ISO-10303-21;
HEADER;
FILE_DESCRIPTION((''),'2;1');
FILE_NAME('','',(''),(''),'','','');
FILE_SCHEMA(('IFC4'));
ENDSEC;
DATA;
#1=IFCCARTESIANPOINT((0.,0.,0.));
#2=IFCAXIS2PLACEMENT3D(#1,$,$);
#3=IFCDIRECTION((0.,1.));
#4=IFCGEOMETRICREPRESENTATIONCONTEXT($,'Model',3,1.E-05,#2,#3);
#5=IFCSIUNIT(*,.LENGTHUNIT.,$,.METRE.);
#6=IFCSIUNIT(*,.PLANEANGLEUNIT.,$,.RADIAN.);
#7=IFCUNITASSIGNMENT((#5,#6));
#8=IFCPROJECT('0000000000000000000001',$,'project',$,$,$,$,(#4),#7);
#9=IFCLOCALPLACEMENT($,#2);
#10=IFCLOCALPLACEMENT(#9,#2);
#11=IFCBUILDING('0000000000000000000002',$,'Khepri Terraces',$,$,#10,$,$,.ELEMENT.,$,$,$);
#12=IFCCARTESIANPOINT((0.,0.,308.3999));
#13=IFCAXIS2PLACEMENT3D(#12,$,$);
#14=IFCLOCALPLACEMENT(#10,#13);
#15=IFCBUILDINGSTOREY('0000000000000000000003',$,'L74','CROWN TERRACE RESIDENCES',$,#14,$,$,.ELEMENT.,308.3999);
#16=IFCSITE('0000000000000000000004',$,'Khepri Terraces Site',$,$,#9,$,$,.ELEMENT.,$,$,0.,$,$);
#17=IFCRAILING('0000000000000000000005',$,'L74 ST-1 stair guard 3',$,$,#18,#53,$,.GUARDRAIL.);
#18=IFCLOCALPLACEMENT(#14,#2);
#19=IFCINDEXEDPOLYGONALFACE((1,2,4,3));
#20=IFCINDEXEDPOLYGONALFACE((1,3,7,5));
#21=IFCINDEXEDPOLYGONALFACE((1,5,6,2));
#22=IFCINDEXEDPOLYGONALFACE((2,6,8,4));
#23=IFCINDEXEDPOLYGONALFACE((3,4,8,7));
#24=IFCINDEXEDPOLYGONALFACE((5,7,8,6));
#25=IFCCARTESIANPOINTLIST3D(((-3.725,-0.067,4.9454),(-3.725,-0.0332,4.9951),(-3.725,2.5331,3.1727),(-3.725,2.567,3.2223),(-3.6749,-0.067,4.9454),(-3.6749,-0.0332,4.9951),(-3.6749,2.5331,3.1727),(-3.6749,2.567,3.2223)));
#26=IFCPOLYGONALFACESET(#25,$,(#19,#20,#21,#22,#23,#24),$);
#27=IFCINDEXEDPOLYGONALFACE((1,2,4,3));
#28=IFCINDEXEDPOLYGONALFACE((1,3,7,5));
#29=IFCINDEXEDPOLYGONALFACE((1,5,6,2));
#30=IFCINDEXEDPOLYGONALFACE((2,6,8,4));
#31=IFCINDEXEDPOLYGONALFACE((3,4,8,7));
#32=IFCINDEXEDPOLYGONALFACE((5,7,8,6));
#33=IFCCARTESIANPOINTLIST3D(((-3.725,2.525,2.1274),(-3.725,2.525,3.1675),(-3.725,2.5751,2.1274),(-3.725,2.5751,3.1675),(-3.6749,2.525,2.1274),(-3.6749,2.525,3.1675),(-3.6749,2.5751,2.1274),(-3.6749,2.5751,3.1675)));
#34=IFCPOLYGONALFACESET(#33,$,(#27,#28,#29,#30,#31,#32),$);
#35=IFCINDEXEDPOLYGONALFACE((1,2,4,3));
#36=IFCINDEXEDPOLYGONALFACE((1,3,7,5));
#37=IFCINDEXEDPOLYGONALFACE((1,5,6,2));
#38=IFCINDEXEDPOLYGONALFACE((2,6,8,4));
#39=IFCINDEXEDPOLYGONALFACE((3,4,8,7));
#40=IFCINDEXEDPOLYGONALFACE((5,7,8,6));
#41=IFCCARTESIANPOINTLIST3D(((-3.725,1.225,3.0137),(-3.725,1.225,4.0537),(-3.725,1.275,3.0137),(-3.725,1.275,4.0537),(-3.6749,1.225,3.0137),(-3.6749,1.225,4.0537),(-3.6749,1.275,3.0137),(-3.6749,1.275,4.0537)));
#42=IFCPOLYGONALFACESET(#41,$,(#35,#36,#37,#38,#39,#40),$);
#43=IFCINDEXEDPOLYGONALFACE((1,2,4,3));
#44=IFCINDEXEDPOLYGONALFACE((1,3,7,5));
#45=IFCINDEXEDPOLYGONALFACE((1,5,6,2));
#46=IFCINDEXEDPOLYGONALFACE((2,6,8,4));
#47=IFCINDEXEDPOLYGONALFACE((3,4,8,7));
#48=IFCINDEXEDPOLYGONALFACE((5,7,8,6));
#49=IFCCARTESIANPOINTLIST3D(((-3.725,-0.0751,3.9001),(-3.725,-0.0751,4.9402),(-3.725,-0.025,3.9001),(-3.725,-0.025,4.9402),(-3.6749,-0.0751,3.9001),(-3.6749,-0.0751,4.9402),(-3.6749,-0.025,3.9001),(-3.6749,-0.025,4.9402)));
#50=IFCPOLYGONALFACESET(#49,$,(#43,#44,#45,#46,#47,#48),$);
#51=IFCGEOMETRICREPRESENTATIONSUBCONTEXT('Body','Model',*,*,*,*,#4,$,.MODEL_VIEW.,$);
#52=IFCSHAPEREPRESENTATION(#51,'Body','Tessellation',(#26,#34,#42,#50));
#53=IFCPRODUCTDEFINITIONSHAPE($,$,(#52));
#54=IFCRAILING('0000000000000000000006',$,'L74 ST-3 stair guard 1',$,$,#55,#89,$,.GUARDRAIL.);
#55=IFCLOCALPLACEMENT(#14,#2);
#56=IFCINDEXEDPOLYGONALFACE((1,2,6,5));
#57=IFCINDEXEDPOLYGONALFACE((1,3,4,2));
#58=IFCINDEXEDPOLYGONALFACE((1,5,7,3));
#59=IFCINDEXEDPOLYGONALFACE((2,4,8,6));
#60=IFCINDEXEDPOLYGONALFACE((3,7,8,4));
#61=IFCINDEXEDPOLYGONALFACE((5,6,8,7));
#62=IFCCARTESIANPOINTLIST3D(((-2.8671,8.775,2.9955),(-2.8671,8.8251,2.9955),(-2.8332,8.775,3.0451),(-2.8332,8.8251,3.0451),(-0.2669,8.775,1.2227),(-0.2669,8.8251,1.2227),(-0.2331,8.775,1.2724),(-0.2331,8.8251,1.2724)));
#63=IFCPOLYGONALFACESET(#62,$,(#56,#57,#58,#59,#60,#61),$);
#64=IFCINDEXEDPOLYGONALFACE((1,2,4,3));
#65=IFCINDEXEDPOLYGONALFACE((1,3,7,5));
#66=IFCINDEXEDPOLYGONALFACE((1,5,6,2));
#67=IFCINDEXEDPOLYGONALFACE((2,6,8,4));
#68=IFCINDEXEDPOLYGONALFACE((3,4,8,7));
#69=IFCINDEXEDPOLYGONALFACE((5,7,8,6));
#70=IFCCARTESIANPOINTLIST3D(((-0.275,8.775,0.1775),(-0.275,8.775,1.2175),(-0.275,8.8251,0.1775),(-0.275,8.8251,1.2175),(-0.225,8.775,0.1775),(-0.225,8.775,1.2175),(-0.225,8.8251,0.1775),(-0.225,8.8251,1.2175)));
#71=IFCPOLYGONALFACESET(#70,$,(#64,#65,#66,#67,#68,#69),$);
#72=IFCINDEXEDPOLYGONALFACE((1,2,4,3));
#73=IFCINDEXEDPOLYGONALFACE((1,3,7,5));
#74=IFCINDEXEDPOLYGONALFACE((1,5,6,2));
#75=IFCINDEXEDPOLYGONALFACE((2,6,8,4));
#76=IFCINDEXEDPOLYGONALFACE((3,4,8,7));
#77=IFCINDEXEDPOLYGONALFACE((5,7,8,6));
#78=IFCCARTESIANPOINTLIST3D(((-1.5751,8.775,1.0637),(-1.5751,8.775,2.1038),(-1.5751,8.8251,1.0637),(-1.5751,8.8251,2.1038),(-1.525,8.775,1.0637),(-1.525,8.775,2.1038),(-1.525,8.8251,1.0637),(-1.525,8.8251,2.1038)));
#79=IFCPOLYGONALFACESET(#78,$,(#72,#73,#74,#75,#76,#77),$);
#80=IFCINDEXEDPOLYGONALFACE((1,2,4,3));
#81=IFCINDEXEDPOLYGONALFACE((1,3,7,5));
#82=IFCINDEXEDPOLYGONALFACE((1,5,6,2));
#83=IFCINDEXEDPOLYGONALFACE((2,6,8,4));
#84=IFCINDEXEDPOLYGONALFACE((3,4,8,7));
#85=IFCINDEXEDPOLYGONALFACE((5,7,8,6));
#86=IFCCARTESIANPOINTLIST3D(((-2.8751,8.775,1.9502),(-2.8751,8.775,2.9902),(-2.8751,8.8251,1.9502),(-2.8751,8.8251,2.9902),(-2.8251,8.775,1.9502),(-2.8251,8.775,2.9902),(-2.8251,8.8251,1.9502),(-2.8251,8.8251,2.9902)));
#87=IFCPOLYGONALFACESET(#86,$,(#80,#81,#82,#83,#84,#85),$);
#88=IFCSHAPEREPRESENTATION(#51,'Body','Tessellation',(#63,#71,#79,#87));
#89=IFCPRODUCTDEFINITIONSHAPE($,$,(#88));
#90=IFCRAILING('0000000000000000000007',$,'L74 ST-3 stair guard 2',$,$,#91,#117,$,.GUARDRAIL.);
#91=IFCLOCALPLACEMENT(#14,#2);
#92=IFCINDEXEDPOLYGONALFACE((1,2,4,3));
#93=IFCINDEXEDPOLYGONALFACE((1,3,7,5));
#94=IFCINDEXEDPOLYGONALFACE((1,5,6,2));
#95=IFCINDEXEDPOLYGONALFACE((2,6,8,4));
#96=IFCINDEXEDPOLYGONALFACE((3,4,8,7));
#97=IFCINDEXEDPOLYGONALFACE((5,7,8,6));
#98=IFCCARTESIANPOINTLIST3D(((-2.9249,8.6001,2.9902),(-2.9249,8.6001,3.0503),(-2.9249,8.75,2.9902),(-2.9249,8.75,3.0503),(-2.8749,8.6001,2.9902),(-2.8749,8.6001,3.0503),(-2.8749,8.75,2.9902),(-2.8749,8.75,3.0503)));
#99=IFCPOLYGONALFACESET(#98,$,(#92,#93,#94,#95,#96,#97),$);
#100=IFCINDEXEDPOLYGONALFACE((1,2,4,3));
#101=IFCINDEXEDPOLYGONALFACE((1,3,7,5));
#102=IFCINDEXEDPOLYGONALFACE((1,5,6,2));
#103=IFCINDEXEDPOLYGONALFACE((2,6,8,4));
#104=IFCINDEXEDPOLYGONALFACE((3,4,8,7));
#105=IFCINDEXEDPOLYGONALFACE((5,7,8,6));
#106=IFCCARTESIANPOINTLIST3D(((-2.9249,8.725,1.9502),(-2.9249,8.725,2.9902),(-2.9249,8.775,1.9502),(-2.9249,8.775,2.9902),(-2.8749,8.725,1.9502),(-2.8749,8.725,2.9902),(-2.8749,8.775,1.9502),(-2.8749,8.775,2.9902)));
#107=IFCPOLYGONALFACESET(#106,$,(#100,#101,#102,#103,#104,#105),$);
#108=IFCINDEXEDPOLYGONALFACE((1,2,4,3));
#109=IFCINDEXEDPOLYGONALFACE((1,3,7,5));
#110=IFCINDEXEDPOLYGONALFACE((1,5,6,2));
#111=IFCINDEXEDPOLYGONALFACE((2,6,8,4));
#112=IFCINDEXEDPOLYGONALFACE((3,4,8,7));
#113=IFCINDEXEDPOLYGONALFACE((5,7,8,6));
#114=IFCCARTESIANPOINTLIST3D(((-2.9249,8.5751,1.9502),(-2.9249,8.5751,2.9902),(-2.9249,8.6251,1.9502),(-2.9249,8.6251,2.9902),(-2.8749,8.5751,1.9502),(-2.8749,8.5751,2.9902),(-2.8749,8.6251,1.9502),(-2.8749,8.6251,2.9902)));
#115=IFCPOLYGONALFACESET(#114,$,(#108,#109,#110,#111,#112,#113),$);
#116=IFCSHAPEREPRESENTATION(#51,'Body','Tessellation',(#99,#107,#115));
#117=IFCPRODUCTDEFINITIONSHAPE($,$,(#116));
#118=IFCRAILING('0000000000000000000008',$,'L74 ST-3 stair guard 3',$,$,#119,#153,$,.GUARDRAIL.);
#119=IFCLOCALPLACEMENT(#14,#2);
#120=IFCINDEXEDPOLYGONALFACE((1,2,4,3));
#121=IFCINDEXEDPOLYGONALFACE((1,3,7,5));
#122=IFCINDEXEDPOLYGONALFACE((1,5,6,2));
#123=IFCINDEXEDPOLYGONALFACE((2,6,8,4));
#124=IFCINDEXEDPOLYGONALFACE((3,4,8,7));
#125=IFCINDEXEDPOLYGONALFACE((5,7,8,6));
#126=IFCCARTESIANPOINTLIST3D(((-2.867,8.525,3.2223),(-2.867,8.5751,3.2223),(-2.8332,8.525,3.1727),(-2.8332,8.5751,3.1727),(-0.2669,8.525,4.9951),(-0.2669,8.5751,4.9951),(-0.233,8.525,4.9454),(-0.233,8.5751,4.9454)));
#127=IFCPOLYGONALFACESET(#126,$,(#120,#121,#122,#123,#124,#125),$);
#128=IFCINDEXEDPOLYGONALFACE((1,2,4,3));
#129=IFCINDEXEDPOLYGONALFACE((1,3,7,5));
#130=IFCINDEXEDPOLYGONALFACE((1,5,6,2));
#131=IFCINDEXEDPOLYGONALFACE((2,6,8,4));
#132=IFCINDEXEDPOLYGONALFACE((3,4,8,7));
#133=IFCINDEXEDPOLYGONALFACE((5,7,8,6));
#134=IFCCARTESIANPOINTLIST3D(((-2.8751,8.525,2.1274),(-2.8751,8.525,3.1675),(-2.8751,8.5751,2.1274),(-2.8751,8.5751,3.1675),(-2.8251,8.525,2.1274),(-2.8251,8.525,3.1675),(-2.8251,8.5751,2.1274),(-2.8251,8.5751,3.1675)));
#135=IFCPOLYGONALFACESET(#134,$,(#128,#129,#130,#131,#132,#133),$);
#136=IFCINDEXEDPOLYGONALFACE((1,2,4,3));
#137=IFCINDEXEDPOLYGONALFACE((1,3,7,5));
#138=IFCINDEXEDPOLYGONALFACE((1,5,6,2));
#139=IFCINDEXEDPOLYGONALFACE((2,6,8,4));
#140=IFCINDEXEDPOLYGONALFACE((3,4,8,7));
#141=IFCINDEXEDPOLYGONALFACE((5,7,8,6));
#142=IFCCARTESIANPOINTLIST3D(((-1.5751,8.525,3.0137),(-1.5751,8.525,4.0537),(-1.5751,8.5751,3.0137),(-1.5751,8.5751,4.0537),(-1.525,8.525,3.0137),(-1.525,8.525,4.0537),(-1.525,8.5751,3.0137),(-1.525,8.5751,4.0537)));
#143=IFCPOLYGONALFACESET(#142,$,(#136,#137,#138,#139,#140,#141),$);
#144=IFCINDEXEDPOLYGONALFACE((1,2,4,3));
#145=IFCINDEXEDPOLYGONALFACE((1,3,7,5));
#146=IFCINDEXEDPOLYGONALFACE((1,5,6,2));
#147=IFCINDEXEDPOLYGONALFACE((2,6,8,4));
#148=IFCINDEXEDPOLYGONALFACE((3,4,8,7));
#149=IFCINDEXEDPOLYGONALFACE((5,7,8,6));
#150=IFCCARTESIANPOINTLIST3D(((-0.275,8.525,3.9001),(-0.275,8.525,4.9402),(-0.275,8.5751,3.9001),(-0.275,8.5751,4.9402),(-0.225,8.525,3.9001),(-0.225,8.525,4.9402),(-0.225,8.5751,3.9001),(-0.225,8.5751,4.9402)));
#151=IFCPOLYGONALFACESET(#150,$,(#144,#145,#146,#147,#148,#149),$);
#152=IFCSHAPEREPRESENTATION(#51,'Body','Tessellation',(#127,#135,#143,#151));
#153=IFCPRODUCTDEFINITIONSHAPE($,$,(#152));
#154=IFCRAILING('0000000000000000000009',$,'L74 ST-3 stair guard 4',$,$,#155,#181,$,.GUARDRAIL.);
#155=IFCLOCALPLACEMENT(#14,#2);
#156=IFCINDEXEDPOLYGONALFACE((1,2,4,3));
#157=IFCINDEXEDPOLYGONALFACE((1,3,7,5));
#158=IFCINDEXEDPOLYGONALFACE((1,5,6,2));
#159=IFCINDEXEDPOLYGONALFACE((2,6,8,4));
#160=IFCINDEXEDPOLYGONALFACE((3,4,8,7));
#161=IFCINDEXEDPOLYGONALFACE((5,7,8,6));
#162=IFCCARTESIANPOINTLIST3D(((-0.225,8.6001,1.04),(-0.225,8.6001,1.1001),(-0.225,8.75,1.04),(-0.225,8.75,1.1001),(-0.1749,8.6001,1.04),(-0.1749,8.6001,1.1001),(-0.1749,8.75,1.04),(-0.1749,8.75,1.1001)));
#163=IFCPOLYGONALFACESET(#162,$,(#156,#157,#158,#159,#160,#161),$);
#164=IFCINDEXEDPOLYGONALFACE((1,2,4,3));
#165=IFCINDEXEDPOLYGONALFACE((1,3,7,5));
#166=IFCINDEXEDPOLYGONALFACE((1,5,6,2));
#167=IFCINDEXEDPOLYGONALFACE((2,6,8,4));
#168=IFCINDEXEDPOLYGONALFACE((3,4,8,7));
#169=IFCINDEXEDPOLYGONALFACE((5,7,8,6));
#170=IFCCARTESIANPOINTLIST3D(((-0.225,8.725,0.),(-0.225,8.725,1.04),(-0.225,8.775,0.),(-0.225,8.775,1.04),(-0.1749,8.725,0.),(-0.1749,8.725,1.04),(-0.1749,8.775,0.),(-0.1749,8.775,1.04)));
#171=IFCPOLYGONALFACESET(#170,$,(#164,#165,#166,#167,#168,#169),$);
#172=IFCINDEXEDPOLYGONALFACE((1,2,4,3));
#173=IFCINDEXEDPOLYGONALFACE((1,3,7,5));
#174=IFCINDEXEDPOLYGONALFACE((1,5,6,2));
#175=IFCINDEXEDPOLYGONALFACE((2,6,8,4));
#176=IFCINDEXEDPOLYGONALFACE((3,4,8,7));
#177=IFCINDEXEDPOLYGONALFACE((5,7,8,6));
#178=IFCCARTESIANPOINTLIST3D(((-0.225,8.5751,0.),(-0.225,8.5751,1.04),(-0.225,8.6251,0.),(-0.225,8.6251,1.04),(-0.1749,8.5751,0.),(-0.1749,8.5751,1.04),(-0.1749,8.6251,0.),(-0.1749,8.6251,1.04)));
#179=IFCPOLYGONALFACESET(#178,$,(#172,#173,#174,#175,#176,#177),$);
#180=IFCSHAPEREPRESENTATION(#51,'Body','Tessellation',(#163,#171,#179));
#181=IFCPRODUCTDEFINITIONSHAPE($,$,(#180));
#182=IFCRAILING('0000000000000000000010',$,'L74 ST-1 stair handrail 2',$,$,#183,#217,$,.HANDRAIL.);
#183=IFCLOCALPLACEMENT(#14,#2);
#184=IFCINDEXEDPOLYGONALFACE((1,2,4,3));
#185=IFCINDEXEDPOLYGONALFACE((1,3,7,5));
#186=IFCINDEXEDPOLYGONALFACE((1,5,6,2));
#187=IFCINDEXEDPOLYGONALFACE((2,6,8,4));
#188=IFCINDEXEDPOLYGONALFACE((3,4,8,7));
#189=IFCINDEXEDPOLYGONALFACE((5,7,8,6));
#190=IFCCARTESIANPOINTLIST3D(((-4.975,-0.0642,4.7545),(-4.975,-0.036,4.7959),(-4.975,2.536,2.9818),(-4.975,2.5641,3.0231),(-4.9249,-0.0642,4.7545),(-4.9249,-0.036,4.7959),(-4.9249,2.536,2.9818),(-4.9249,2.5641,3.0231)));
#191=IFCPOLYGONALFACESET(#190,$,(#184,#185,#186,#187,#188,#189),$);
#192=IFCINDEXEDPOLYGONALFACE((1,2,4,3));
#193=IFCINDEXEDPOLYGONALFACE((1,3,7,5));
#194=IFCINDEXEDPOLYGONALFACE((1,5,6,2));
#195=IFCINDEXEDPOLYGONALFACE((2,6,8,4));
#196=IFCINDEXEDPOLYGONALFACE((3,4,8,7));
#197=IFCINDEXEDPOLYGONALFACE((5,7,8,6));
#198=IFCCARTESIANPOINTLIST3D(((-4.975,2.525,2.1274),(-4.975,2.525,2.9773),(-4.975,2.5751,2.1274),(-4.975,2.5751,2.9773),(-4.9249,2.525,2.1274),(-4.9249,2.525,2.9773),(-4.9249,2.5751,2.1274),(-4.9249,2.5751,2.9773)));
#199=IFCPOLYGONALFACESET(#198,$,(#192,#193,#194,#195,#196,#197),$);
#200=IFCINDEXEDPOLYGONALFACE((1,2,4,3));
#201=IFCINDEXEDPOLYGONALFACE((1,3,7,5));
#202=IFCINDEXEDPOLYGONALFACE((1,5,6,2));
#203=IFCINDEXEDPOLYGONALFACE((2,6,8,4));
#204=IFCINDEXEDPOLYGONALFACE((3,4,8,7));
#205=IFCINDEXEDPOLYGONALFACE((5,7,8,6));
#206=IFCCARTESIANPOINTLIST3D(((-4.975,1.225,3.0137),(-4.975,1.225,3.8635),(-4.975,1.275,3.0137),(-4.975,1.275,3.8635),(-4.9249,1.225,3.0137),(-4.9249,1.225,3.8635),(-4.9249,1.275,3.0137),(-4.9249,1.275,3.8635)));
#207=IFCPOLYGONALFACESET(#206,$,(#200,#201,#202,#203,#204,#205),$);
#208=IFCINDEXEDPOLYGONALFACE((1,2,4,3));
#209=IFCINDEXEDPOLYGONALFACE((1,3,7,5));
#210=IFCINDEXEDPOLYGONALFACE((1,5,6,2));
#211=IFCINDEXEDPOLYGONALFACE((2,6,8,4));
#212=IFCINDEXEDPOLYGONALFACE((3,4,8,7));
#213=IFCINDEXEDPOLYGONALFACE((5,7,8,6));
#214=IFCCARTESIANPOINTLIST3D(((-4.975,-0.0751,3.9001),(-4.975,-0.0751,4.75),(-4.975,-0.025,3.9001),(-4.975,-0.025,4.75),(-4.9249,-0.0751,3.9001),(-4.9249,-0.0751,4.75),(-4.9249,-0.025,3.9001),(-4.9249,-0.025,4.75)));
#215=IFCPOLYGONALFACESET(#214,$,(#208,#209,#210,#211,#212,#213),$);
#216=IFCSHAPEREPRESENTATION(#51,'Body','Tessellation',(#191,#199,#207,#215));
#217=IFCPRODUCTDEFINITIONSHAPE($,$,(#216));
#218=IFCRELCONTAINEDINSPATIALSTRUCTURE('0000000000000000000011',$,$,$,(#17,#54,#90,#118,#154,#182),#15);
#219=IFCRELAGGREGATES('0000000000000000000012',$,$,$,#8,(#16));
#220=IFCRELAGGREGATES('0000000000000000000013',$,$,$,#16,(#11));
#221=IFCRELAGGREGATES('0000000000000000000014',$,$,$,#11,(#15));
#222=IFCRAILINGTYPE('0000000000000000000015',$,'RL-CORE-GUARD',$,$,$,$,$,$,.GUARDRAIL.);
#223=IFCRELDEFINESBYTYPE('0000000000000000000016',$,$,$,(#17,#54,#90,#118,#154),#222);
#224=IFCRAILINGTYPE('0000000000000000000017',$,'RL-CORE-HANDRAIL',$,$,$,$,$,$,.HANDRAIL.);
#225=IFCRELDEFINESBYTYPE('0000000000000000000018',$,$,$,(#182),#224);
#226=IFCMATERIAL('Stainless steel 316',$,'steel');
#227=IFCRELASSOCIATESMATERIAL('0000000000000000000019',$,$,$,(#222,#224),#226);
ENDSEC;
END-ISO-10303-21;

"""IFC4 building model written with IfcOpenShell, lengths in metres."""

from ifc_helpers import new_model, si_unit, direction, frame, origin, origin_2d, place, context, subcontext, project, spatial, rectangle, extrude, material, type_object, element, save


model = new_model("IFC4")

# Units and contexts
model_context = context("Model", 3, precision=1e-05, world=origin(), true_north=direction((0.0, 1.0)))
body_context = subcontext(model_context, "Body", "Model", "MODEL_VIEW")
ifc_project = project(units=[si_unit("LENGTHUNIT", "METRE"), si_unit("PLANEANGLEUNIT", "RADIAN")], contexts=[model_context])

# Site, building, storey
site_placement = place(None, origin())
site = spatial("IfcSite", under=ifc_project, at=site_placement, Name="Khepri Terraces Site", CompositionType="ELEMENT", RefElevation=0.0)
building_placement = place(site_placement, origin())
building = spatial("IfcBuilding", under=site, at=building_placement, Name="Khepri Terraces", CompositionType="ELEMENT")
storey_placement = place(building_placement, frame((0.0, 0.0, 308.3999)))
storey = spatial("IfcBuildingStorey", under=building, at=storey_placement, Name="L74", Description="CROWN TERRACE RESIDENCES", CompositionType="ELEMENT", Elevation=308.3999)

# Railings
ifc_material_1 = material(Name="Stainless steel 316", Category="steel")
railing_type_1 = type_object("IfcRailingType", Name="RL-CORE-GUARD", PredefinedType="GUARDRAIL", material=ifc_material_1)
railing_1_placement = place(storey_placement, frame((-3.7, 2.55, 2.1274)))
element("IfcRailing", 1, at=railing_1_placement, inside=storey, type_object=railing_type_1, Name="L74 ST-1 stair guard 3", PredefinedType="GUARDRAIL", context=body_context, shape_type="SweptSolid", body=[
    extrude(rectangle(XDim=0.05, YDim=0.0601, at=origin_2d()), frame((0.0, 0.0, 1.0701), z_axis=(0.0, -0.82624, 0.563318), x_axis=(1.0, 0.0, 0.0)), (0.0, 0.0, 1.0), 3.147),
    extrude(rectangle(XDim=0.05, YDim=0.05, at=origin_2d()), origin(), (0.0, 0.0, 1.0), 1.04),
    extrude(rectangle(XDim=0.05, YDim=0.05, at=origin_2d()), frame((0.0, -1.3, 0.8862)), (0.0, 0.0, 1.0), 1.04),
    extrude(rectangle(XDim=0.05, YDim=0.05, at=origin_2d()), frame((0.0, -2.6001, 1.7727)), (0.0, 0.0, 1.0), 1.04),
])
railing_2_placement = place(storey_placement, frame((-0.25, 8.8, 0.1775)))
element("IfcRailing", 2, at=railing_2_placement, inside=storey, type_object=railing_type_1, Name="L74 ST-3 stair guard 1", PredefinedType="GUARDRAIL", context=body_context, shape_type="SweptSolid", body=[
    extrude(rectangle(XDim=0.05, YDim=0.0601, at=origin_2d()), frame((0.0, 0.0, 1.0701), z_axis=(-0.82624, 0.0, 0.563318), x_axis=(0.0, -1.0, 0.0)), (0.0, 0.0, 1.0), 3.147),
    extrude(rectangle(XDim=0.05, YDim=0.05, at=origin_2d()), origin(), (0.0, 0.0, 1.0), 1.04),
    extrude(rectangle(XDim=0.05, YDim=0.05, at=origin_2d()), frame((-1.3, 0.0, 0.8862)), (0.0, 0.0, 1.0), 1.04),
    extrude(rectangle(XDim=0.05, YDim=0.05, at=origin_2d()), frame((-2.6001, 0.0, 1.7727)), (0.0, 0.0, 1.0), 1.04),
])
railing_3_placement = place(storey_placement, frame((-2.8999, 8.75, 1.9502)))
element("IfcRailing", 3, at=railing_3_placement, inside=storey, type_object=railing_type_1, Name="L74 ST-3 stair guard 2", PredefinedType="GUARDRAIL", context=body_context, shape_type="SweptSolid", body=[
    extrude(rectangle(XDim=0.05, YDim=0.0601, at=origin_2d()), frame((0.0, 0.0, 1.0701), z_axis=(0.0, -1.0, 0.0), x_axis=(1.0, 0.0, 0.0)), (0.0, 0.0, 1.0), 0.1499),
    extrude(rectangle(XDim=0.05, YDim=0.05, at=origin_2d()), origin(), (0.0, 0.0, 1.0), 1.04),
    extrude(rectangle(XDim=0.05, YDim=0.05, at=origin_2d()), frame((0.0, -0.1499, 0.0)), (0.0, 0.0, 1.0), 1.04),
])
railing_4_placement = place(storey_placement, frame((-2.8501, 8.55, 2.1274)))
element("IfcRailing", 4, at=railing_4_placement, inside=storey, type_object=railing_type_1, Name="L74 ST-3 stair guard 3", PredefinedType="GUARDRAIL", context=body_context, shape_type="SweptSolid", body=[
    extrude(rectangle(XDim=0.05, YDim=0.0601, at=origin_2d()), frame((0.0, 0.0, 1.0701), z_axis=(0.82624, 0.0, 0.563318), x_axis=(0.0, 1.0, 0.0)), (0.0, 0.0, 1.0), 3.147),
    extrude(rectangle(XDim=0.05, YDim=0.05, at=origin_2d()), origin(), (0.0, 0.0, 1.0), 1.04),
    extrude(rectangle(XDim=0.05, YDim=0.05, at=origin_2d()), frame((1.3, 0.0, 0.8862)), (0.0, 0.0, 1.0), 1.04),
    extrude(rectangle(XDim=0.05, YDim=0.05, at=origin_2d()), frame((2.6001, 0.0, 1.7727)), (0.0, 0.0, 1.0), 1.04),
])
railing_5_placement = place(storey_placement, frame((-0.2, 8.75, 0.0)))
element("IfcRailing", 5, at=railing_5_placement, inside=storey, type_object=railing_type_1, Name="L74 ST-3 stair guard 4", PredefinedType="GUARDRAIL", context=body_context, shape_type="SweptSolid", body=[
    extrude(rectangle(XDim=0.05, YDim=0.0601, at=origin_2d()), frame((0.0, 0.0, 1.0701), z_axis=(0.0, -1.0, 0.0), x_axis=(1.0, 0.0, 0.0)), (0.0, 0.0, 1.0), 0.1499),
    extrude(rectangle(XDim=0.05, YDim=0.05, at=origin_2d()), origin(), (0.0, 0.0, 1.0), 1.04),
    extrude(rectangle(XDim=0.05, YDim=0.05, at=origin_2d()), frame((0.0, -0.1499, 0.0)), (0.0, 0.0, 1.0), 1.04),
])
railing_type_2 = type_object("IfcRailingType", Name="RL-CORE-HANDRAIL", PredefinedType="HANDRAIL", material=ifc_material_1)
railing_6_placement = place(storey_placement, frame((-4.95, 2.55, 2.1274)))
element("IfcRailing", 6, at=railing_6_placement, inside=storey, type_object=railing_type_2, Name="L74 ST-1 stair handrail 2", PredefinedType="HANDRAIL", context=body_context, shape_type="SweptSolid", body=[
    extrude(rectangle(XDim=0.05, YDim=0.05, at=origin_2d()), frame((0.0, 0.0, 0.875), z_axis=(0.0, -0.82624, 0.563318), x_axis=(1.0, 0.0, 0.0)), (0.0, 0.0, 1.0), 3.147),
    extrude(rectangle(XDim=0.05, YDim=0.05, at=origin_2d()), origin(), (0.0, 0.0, 1.0), 0.8499),
    extrude(rectangle(XDim=0.05, YDim=0.05, at=origin_2d()), frame((0.0, -1.3, 0.8862)), (0.0, 0.0, 1.0), 0.8499),
    extrude(rectangle(XDim=0.05, YDim=0.05, at=origin_2d()), frame((0.0, -2.6001, 1.7727)), (0.0, 0.0, 1.0), 0.8499),
])

save(model, "model.ifc")
